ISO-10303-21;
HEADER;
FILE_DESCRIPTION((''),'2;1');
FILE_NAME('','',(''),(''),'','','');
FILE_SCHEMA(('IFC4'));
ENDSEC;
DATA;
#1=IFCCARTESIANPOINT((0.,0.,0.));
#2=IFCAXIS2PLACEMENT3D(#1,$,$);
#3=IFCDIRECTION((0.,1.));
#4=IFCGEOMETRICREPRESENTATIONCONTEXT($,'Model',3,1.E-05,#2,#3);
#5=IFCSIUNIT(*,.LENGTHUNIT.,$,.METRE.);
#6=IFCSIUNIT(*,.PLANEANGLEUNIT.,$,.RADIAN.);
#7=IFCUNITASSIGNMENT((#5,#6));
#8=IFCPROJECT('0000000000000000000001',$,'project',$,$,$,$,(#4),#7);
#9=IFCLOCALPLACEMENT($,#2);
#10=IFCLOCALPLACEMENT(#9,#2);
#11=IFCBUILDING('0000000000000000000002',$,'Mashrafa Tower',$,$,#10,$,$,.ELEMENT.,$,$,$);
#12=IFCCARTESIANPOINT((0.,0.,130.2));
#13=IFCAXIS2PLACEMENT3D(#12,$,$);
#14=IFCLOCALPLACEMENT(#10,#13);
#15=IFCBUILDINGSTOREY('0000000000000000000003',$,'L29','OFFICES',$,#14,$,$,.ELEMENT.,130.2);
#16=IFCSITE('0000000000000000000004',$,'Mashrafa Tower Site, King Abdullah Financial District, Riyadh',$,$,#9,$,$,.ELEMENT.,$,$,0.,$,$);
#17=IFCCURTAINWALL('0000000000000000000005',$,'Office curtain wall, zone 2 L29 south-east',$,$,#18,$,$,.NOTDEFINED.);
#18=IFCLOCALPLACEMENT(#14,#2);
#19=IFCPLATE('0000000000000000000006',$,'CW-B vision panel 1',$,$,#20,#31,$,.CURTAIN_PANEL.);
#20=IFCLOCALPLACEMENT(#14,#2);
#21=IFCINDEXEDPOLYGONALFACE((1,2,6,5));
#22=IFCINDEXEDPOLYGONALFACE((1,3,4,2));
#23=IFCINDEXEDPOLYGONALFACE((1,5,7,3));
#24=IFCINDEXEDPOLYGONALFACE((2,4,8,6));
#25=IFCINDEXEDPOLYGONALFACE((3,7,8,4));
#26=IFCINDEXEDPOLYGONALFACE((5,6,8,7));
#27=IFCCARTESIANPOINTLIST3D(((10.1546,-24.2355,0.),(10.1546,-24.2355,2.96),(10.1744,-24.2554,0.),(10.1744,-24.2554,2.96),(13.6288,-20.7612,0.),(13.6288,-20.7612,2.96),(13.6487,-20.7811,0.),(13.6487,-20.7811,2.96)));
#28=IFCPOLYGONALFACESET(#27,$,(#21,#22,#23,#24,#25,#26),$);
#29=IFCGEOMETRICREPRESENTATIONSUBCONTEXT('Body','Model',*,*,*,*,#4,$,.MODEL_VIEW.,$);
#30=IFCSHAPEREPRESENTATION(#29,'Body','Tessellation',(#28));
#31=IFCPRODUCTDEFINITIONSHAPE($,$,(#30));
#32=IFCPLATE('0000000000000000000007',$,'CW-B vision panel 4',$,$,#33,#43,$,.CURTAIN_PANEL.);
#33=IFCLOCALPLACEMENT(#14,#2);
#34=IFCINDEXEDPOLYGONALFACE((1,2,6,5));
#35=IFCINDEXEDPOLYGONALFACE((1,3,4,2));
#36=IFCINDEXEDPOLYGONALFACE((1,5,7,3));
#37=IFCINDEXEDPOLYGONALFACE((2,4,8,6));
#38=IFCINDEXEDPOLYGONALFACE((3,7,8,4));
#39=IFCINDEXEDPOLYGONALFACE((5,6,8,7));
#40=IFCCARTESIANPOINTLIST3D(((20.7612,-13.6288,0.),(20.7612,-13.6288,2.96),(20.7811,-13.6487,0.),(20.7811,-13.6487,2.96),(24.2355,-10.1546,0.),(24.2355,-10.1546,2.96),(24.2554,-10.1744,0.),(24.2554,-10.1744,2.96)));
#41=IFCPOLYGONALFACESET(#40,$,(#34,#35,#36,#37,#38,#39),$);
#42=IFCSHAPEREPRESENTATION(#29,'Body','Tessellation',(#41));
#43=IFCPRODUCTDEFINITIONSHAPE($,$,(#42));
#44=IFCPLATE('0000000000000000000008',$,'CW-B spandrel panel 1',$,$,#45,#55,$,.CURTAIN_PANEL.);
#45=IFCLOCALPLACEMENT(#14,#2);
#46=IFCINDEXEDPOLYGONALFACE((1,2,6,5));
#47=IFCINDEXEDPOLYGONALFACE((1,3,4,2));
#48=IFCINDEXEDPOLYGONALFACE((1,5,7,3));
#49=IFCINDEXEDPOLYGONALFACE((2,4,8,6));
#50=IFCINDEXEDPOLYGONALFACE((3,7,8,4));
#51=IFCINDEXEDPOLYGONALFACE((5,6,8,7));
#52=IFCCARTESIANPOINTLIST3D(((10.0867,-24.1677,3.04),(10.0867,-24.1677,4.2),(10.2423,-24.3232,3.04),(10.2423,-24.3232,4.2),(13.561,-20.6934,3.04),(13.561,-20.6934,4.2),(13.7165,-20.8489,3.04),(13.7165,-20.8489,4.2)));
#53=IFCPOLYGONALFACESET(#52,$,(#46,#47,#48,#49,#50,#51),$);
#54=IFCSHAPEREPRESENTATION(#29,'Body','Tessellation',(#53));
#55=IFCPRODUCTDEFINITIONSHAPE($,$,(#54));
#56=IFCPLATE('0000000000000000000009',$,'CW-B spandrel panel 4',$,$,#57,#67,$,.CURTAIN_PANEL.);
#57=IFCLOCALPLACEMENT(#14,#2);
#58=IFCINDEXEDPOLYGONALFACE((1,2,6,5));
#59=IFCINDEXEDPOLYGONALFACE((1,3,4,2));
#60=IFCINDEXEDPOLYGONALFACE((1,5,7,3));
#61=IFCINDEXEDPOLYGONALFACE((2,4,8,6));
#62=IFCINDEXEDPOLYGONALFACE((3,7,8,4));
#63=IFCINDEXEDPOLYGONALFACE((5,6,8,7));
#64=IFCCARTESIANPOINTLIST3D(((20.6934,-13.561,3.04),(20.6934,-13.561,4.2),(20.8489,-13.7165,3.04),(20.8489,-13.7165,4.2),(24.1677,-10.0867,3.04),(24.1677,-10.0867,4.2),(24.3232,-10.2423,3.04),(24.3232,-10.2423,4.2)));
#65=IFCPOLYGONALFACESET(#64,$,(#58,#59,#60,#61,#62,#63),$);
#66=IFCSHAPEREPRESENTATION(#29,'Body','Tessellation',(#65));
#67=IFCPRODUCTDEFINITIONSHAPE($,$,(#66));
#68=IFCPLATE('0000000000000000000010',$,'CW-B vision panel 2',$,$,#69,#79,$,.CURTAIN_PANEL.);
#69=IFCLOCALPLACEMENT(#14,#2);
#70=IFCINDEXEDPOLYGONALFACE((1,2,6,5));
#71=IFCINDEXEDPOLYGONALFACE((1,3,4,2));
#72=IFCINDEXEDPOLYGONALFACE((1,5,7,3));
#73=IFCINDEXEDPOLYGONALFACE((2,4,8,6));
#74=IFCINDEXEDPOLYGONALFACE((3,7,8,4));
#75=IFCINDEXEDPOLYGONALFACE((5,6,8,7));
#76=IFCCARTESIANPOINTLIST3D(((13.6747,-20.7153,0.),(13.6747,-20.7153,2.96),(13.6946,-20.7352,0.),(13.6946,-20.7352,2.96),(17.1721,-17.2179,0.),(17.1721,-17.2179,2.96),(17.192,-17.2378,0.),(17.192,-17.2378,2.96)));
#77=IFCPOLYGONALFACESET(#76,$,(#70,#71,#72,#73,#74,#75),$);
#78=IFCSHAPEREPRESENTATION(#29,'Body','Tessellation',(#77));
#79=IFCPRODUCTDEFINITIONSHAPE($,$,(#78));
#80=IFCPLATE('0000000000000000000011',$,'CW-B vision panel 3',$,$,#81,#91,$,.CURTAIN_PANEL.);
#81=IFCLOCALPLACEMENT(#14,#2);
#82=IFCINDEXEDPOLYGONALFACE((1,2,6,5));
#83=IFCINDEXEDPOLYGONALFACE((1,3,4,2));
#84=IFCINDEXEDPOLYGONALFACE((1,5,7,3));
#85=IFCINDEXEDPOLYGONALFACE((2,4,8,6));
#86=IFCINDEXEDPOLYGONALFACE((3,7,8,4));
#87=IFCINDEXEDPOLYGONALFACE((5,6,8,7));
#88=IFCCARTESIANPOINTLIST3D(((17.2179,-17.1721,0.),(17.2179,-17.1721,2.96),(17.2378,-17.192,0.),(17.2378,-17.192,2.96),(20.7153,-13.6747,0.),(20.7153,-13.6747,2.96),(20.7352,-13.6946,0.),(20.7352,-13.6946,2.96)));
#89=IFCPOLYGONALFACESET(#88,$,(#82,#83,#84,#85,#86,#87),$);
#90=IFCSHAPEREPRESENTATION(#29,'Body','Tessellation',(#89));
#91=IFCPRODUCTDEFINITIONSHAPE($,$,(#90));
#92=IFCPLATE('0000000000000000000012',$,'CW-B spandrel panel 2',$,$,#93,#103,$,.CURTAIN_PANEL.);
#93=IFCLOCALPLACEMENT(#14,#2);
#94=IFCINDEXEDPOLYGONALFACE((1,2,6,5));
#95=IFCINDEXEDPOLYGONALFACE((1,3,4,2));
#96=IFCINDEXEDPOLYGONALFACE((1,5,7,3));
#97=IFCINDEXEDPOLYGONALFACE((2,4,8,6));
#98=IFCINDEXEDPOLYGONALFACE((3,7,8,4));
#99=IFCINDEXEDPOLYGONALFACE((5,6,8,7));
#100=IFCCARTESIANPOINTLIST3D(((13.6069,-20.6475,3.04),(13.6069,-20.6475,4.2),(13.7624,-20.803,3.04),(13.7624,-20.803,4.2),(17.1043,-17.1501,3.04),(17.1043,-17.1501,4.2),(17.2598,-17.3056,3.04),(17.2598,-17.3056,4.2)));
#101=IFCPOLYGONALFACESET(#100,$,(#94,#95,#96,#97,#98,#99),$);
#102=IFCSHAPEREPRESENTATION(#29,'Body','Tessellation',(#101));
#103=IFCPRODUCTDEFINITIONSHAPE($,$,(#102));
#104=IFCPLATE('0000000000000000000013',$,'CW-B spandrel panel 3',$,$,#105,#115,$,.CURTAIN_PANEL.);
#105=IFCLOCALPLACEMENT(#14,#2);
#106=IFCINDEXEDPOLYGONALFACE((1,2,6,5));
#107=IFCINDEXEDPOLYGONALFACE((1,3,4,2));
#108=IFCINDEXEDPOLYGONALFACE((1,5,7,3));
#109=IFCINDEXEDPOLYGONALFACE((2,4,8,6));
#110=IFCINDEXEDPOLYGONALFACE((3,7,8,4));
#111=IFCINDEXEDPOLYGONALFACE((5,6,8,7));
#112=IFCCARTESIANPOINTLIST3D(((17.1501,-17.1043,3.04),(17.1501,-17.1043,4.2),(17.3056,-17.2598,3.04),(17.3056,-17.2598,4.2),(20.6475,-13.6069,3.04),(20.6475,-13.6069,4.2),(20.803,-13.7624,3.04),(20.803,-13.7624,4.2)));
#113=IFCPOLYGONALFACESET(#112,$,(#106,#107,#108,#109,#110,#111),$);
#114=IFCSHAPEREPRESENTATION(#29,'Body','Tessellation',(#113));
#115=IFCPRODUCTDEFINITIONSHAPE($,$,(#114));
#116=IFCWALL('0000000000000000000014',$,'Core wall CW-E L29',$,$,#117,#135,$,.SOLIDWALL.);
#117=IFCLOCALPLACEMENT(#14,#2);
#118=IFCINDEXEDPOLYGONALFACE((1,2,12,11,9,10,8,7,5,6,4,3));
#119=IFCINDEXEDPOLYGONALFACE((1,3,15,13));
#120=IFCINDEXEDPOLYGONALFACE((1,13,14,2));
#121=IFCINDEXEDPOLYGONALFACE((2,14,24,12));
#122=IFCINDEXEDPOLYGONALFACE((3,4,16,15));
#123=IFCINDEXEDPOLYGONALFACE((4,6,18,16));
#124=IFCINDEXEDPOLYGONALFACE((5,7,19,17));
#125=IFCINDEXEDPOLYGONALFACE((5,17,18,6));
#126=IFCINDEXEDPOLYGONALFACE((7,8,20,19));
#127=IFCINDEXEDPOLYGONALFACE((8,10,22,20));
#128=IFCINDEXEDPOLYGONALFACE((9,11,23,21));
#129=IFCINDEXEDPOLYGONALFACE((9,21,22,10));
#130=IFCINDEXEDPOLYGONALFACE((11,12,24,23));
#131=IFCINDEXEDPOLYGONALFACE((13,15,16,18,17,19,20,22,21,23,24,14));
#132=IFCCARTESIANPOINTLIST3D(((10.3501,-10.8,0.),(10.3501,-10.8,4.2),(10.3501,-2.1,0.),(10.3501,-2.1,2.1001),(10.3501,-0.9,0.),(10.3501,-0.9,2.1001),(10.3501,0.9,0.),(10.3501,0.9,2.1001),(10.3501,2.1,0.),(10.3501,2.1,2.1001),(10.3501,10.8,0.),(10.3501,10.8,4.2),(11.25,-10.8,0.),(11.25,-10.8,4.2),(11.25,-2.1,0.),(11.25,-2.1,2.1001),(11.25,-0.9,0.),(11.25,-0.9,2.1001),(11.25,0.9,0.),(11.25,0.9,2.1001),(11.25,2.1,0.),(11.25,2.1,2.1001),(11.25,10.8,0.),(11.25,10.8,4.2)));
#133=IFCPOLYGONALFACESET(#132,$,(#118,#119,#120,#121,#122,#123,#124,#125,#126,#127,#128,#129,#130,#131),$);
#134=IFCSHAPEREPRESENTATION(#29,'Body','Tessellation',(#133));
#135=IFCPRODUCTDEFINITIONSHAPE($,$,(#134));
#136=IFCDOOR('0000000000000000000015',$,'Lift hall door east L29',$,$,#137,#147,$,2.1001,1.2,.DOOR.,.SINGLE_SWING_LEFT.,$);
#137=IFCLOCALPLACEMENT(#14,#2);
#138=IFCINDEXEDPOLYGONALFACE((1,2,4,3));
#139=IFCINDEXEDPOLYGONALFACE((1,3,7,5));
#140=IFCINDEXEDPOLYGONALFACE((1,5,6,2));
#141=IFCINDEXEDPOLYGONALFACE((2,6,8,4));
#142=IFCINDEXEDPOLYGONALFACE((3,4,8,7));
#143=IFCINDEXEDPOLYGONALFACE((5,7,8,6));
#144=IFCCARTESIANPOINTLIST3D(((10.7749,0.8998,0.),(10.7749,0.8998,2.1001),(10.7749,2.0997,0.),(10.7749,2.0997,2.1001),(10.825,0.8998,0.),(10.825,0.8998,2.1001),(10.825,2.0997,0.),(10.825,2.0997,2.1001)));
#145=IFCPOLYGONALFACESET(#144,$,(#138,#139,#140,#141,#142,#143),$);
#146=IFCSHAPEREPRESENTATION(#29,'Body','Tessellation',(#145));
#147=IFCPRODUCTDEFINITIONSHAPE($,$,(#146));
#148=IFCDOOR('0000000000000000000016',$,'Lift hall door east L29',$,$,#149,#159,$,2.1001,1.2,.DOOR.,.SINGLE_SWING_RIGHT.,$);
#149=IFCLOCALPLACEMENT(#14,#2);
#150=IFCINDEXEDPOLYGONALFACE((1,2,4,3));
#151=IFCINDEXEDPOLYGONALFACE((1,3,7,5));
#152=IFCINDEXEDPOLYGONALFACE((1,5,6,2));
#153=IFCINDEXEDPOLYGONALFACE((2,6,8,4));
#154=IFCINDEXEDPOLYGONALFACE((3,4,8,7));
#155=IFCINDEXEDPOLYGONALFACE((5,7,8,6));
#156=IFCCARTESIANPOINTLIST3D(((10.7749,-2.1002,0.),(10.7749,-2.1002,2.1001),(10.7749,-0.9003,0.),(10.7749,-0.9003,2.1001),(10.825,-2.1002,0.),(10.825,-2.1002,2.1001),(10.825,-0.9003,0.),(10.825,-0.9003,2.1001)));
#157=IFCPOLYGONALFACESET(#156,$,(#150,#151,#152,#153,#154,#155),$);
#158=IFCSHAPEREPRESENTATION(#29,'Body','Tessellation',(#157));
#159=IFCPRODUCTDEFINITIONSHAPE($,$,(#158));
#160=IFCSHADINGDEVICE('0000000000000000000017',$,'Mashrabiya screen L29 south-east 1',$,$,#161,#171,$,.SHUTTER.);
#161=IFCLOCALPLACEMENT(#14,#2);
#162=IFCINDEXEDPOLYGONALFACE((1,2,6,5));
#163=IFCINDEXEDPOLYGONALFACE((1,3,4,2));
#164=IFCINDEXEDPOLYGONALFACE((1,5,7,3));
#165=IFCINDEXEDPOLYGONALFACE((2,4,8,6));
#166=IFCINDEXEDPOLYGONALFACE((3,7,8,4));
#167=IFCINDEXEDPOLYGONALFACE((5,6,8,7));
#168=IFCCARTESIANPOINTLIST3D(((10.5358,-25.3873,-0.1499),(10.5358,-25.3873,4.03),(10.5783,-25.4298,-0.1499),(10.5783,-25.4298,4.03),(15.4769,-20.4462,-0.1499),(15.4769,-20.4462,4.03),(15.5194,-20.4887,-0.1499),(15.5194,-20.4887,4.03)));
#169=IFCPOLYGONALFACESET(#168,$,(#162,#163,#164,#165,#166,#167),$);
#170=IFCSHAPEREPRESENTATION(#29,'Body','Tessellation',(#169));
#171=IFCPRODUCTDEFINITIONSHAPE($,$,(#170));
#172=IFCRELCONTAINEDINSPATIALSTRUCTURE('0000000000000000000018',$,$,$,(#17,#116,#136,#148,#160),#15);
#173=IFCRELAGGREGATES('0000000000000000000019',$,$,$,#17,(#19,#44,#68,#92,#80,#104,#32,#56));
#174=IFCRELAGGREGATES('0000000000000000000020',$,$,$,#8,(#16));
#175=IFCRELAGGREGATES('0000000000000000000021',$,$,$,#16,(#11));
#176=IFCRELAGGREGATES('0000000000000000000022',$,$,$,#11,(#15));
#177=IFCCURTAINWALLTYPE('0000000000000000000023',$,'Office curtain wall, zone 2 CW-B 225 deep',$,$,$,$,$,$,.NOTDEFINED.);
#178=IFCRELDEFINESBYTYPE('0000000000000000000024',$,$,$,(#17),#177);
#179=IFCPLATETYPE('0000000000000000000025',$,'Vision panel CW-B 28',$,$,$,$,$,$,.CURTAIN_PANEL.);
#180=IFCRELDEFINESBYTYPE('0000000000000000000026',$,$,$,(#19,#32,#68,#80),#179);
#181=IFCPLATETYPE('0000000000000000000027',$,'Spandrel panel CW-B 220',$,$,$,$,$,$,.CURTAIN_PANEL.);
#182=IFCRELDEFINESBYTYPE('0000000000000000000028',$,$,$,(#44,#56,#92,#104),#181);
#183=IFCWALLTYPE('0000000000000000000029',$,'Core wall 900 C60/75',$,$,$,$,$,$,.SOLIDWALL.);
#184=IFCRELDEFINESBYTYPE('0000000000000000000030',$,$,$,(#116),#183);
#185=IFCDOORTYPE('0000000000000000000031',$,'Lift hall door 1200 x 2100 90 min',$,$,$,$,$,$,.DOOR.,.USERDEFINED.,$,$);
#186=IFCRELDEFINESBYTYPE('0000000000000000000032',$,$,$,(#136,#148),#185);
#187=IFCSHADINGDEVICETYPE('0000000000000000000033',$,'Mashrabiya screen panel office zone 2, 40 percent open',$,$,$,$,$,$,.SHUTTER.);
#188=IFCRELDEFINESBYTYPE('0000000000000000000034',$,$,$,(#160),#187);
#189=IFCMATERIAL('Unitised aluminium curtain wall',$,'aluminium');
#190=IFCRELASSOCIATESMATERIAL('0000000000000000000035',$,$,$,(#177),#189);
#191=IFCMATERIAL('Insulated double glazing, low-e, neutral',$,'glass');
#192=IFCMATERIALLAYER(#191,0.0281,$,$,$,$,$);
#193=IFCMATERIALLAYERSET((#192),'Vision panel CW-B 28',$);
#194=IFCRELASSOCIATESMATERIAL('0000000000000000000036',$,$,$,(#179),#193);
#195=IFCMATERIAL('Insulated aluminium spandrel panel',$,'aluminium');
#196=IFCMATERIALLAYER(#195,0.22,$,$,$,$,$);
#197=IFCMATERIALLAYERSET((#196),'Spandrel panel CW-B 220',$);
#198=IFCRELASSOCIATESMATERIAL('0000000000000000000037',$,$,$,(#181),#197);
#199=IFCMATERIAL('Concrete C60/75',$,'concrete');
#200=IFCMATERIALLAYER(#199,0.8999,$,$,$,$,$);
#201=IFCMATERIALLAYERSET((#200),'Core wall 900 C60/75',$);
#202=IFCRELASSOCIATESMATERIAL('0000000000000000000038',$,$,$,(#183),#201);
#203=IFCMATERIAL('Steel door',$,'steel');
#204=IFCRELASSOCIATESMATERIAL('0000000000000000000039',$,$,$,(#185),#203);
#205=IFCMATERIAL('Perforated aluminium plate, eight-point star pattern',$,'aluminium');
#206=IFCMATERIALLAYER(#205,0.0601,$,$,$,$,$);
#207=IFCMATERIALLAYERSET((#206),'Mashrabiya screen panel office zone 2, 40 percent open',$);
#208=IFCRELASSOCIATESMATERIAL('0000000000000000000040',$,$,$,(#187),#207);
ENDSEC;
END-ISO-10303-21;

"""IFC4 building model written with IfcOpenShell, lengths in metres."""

from ifc_helpers import new_model, si_unit, direction, frame, frame_2d, origin, origin_2d, place, context, subcontext, project, spatial, rectangle, extrude, source, transform, mapped, material, layer, layer_set, type_object, type_shapes, element, fill, aggregate, save


model = new_model("IFC4")

# Units and contexts
model_context = context("Model", 3, precision=1e-05, world=origin(), true_north=direction((0.0, 1.0)))
body_context = subcontext(model_context, "Body", "Model", "MODEL_VIEW")
ifc_project = project(units=[si_unit("LENGTHUNIT", "METRE"), si_unit("PLANEANGLEUNIT", "RADIAN")], contexts=[model_context])

# Site, building, storey
site_placement = place(None, origin())
site = spatial("IfcSite", under=ifc_project, at=site_placement, Name="Mashrafa Tower Site, King Abdullah Financial District, Riyadh", CompositionType="ELEMENT", RefElevation=0.0)
building_placement = place(site_placement, origin())
building = spatial("IfcBuilding", under=site, at=building_placement, Name="Mashrafa Tower", CompositionType="ELEMENT")
storey_placement = place(building_placement, frame((0.0, 0.0, 130.2)))
storey = spatial("IfcBuildingStorey", under=building, at=storey_placement, Name="L29", Description="OFFICES", CompositionType="ELEMENT", Elevation=130.2)

# Curtain wall, plates
ifc_material_1 = material(Name="Unitised aluminium curtain wall", Category="aluminium")
curtain_wall_type = type_object("IfcCurtainWallType", Name="Office curtain wall, zone 2 CW-B 225 deep", PredefinedType="NOTDEFINED", material=ifc_material_1)
curtain_wall_placement = place(storey_placement, origin())
curtain_wall = element("IfcCurtainWall", 1, at=curtain_wall_placement, inside=storey, type_object=curtain_wall_type, Name="Office curtain wall, zone 2 L29 south-east", PredefinedType="NOTDEFINED")
ifc_material_2 = material(Name="Insulated double glazing, low-e, neutral", Category="glass")
ifc_layer_1 = layer(ifc_material_2, 0.0281)
ifc_layer_set_1 = layer_set([ifc_layer_1], Name="Vision panel CW-B 28")
plate_type_1 = type_object("IfcPlateType", Name="Vision panel CW-B 28", PredefinedType="CURTAIN_PANEL", material=ifc_layer_set_1)
shared_shape_1 = source(origin(), body_context, "Body", "SweptSolid", [
    extrude(rectangle(XDim=4.9133, YDim=0.0281, at=origin_2d()), origin(), (0.0, 0.0, 1.0), 2.96),
])
plate_1_placement = place(storey_placement, frame((11.9016, -22.5083, 0.0), z_axis=(0.0, 0.0, 1.0), x_axis=(0.707107, 0.707107, 0.0)))
plate_1 = element("IfcPlate", 2, at=plate_1_placement, type_object=plate_type_1, Name="CW-B vision panel 1", PredefinedType="CURTAIN_PANEL", context=body_context, shape_type="MappedRepresentation", body=[
    mapped(shared_shape_1, transform((0.0, 0.0, 0.0))),
])
plate_2_placement = place(storey_placement, frame((22.5083, -11.9016, 0.0), z_axis=(0.0, 0.0, 1.0), x_axis=(0.707107, 0.707107, 0.0)))
plate_2 = element("IfcPlate", 3, at=plate_2_placement, type_object=plate_type_1, Name="CW-B vision panel 4", PredefinedType="CURTAIN_PANEL", context=body_context, shape_type="MappedRepresentation", body=[
    mapped(shared_shape_1, transform((0.0, 0.0, 0.0))),
])
ifc_material_3 = material(Name="Insulated aluminium spandrel panel", Category="aluminium")
ifc_layer_2 = layer(ifc_material_3, 0.22)
ifc_layer_set_2 = layer_set([ifc_layer_2], Name="Spandrel panel CW-B 220")
plate_type_2 = type_object("IfcPlateType", Name="Spandrel panel CW-B 220", PredefinedType="CURTAIN_PANEL", material=ifc_layer_set_2)
shared_shape_2 = source(origin(), body_context, "Body", "SweptSolid", [
    extrude(rectangle(XDim=4.9133, YDim=0.22, at=origin_2d()), origin(), (0.0, 0.0, 1.0), 1.1599),
])
plate_3_placement = place(storey_placement, frame((11.9016, -22.5083, 3.04), z_axis=(0.0, 0.0, 1.0), x_axis=(0.707107, 0.707107, 0.0)))
plate_3 = element("IfcPlate", 4, at=plate_3_placement, type_object=plate_type_2, Name="CW-B spandrel panel 1", PredefinedType="CURTAIN_PANEL", context=body_context, shape_type="MappedRepresentation", body=[
    mapped(shared_shape_2, transform((0.0, 0.0, 0.0))),
])
plate_4_placement = place(storey_placement, frame((22.5083, -11.9016, 3.04), z_axis=(0.0, 0.0, 1.0), x_axis=(0.707107, 0.707107, 0.0)))
plate_4 = element("IfcPlate", 5, at=plate_4_placement, type_object=plate_type_2, Name="CW-B spandrel panel 4", PredefinedType="CURTAIN_PANEL", context=body_context, shape_type="MappedRepresentation", body=[
    mapped(shared_shape_2, transform((0.0, 0.0, 0.0))),
])
shared_shape_3 = source(origin(), body_context, "Body", "SweptSolid", [
    extrude(rectangle(XDim=4.946, YDim=0.0281, at=origin_2d()), origin(), (0.0, 0.0, 1.0), 2.96),
])
type_shapes(plate_type_1, [shared_shape_1, shared_shape_3])
plate_5_placement = place(storey_placement, frame((15.4333, -18.9766, 0.0), z_axis=(0.0, 0.0, 1.0), x_axis=(0.707107, 0.707107, 0.0)))
plate_5 = element("IfcPlate", 6, at=plate_5_placement, type_object=plate_type_1, Name="CW-B vision panel 2", PredefinedType="CURTAIN_PANEL", context=body_context, shape_type="MappedRepresentation", body=[
    mapped(shared_shape_3, transform((0.0, 0.0, 0.0))),
])
plate_6_placement = place(storey_placement, frame((18.9766, -15.4333, 0.0), z_axis=(0.0, 0.0, 1.0), x_axis=(0.707107, 0.707107, 0.0)))
plate_6 = element("IfcPlate", 7, at=plate_6_placement, type_object=plate_type_1, Name="CW-B vision panel 3", PredefinedType="CURTAIN_PANEL", context=body_context, shape_type="MappedRepresentation", body=[
    mapped(shared_shape_3, transform((0.0, 0.0, 0.0))),
])
shared_shape_4 = source(origin(), body_context, "Body", "SweptSolid", [
    extrude(rectangle(XDim=4.946, YDim=0.22, at=origin_2d()), origin(), (0.0, 0.0, 1.0), 1.1599),
])
type_shapes(plate_type_2, [shared_shape_2, shared_shape_4])
plate_7_placement = place(storey_placement, frame((15.4333, -18.9766, 3.04), z_axis=(0.0, 0.0, 1.0), x_axis=(0.707107, 0.707107, 0.0)))
plate_7 = element("IfcPlate", 8, at=plate_7_placement, type_object=plate_type_2, Name="CW-B spandrel panel 2", PredefinedType="CURTAIN_PANEL", context=body_context, shape_type="MappedRepresentation", body=[
    mapped(shared_shape_4, transform((0.0, 0.0, 0.0))),
])
plate_8_placement = place(storey_placement, frame((18.9766, -15.4333, 3.04), z_axis=(0.0, 0.0, 1.0), x_axis=(0.707107, 0.707107, 0.0)))
plate_8 = element("IfcPlate", 9, at=plate_8_placement, type_object=plate_type_2, Name="CW-B spandrel panel 3", PredefinedType="CURTAIN_PANEL", context=body_context, shape_type="MappedRepresentation", body=[
    mapped(shared_shape_4, transform((0.0, 0.0, 0.0))),
])
aggregate(curtain_wall, [plate_1, plate_3, plate_5, plate_7, plate_6, plate_8, plate_2, plate_4])

# Wall, openings, doors
ifc_material_4 = material(Name="Concrete C60/75", Category="concrete")
ifc_layer_3 = layer(ifc_material_4, 0.8999)
ifc_layer_set_3 = layer_set([ifc_layer_3], Name="Core wall 900 C60/75")
wall_type_1 = type_object("IfcWallType", Name="Core wall 900 C60/75", PredefinedType="SOLIDWALL", material=ifc_layer_set_3)
wall_1_placement = place(storey_placement, frame((10.8, -10.8, 0.0), z_axis=(0.0, 0.0, 1.0), x_axis=(0.0, 1.0, 0.0)))
wall_1 = element("IfcWall", 10, at=wall_1_placement, inside=storey, type_object=wall_type_1, Name="Core wall CW-E L29", PredefinedType="SOLIDWALL", context=body_context, shape_type="SweptSolid", body=[
    extrude(rectangle(XDim=21.6001, YDim=0.8999, at=frame_2d((10.8, 0.0))), origin(), (0.0, 0.0, 1.0), 4.2),
])
opening_1_placement = place(wall_1_placement, frame((11.7, 0.0, 0.0)))
opening_1 = element("IfcOpeningElement", 11, at=opening_1_placement, cuts=wall_1, PredefinedType="OPENING", context=body_context, shape_type="SweptSolid", body=[
    extrude(rectangle(XDim=1.2, YDim=2.1001, at=frame_2d((0.6001, 1.05))), frame((0.0, 0.46, 0.0), z_axis=(0.0, -1.0, 0.0), x_axis=(1.0, 0.0, 0.0)), (0.0, 0.0, 1.0), 0.9199),
])
opening_2_placement = place(wall_1_placement, frame((8.7, 0.0, 0.0)))
opening_2 = element("IfcOpeningElement", 12, at=opening_2_placement, cuts=wall_1, PredefinedType="OPENING", context=body_context, shape_type="SweptSolid", body=[
    extrude(rectangle(XDim=1.2, YDim=2.1001, at=frame_2d((0.6001, 1.05))), frame((0.0, 0.46, 0.0), z_axis=(0.0, -1.0, 0.0), x_axis=(1.0, 0.0, 0.0)), (0.0, 0.0, 1.0), 0.9199),
])
ifc_material_5 = material(Name="Steel door", Category="steel")
door_type_1 = type_object("IfcDoorType", Name="Lift hall door 1200 x 2100 90 min", OperationType="USERDEFINED", PredefinedType="DOOR", material=ifc_material_5)
door_1_placement = place(opening_1_placement, frame((1.2, 0.0, 0.0), z_axis=(0.0, 0.0, 1.0), x_axis=(-1.0, 0.0, 0.0)))
door_1 = element("IfcDoor", 13, at=door_1_placement, inside=storey, type_object=door_type_1, Name="Lift hall door east L29", OperationType="SINGLE_SWING_LEFT", OverallHeight=2.1001, OverallWidth=1.2, PredefinedType="DOOR", context=body_context, shape_type="SweptSolid", body=[
    extrude(rectangle(XDim=1.2, YDim=2.1001, at=frame_2d((0.6001, 1.05))), frame((0.0, 0.0249, 0.0), z_axis=(0.0, -1.0, 0.0), x_axis=(1.0, 0.0, 0.0)), (0.0, 0.0, 1.0), 0.05),
])
fill(opening_1, door_1)
door_2_placement = place(opening_2_placement, frame((1.2, 0.0, 0.0), z_axis=(0.0, 0.0, 1.0), x_axis=(-1.0, 0.0, 0.0)))
door_2 = element("IfcDoor", 14, at=door_2_placement, inside=storey, type_object=door_type_1, Name="Lift hall door east L29", OperationType="SINGLE_SWING_RIGHT", OverallHeight=2.1001, OverallWidth=1.2, PredefinedType="DOOR", context=body_context, shape_type="SweptSolid", body=[
    extrude(rectangle(XDim=1.2, YDim=2.1001, at=frame_2d((0.6001, 1.05))), frame((0.0, 0.0249, 0.0), z_axis=(0.0, -1.0, 0.0), x_axis=(1.0, 0.0, 0.0)), (0.0, 0.0, 1.0), 0.05),
])
fill(opening_2, door_2)

# Shading device
ifc_material_6 = material(Name="Perforated aluminium plate, eight-point star pattern", Category="aluminium")
ifc_layer_4 = layer(ifc_material_6, 0.0601)
ifc_layer_set_4 = layer_set([ifc_layer_4], Name="Mashrabiya screen panel office zone 2, 40 percent open")
shading_device_type = type_object("IfcShadingDeviceType", Name="Mashrabiya screen panel office zone 2, 40 percent open", PredefinedType="SHUTTER", material=ifc_layer_set_4)
shared_shape_5 = source(origin(), body_context, "Body", "SweptSolid", [
    extrude(rectangle(XDim=6.9878, YDim=0.0601, at=origin_2d()), origin(), (0.0, 0.0, 1.0), 4.1799),
])
type_shapes(shading_device_type, [shared_shape_5])
for number, where, z_axis, x_axis, name in (
    (15, (13.0276, -22.938, -0.1499), (0.0, 0.0, 1.0), (0.707107, 0.707107, 0.0), "Mashrabiya screen L29 south-east 1"),
):
    element("IfcShadingDevice", number, at=place(storey_placement, frame(where, z_axis=z_axis, x_axis=x_axis)), inside=storey, type_object=shading_device_type, Name=name, PredefinedType="SHUTTER", context=body_context, shape_type="MappedRepresentation", body=[
        mapped(shared_shape_5, transform((0.0, 0.0, 0.0))),
    ])

save(model, "model.ifc")
